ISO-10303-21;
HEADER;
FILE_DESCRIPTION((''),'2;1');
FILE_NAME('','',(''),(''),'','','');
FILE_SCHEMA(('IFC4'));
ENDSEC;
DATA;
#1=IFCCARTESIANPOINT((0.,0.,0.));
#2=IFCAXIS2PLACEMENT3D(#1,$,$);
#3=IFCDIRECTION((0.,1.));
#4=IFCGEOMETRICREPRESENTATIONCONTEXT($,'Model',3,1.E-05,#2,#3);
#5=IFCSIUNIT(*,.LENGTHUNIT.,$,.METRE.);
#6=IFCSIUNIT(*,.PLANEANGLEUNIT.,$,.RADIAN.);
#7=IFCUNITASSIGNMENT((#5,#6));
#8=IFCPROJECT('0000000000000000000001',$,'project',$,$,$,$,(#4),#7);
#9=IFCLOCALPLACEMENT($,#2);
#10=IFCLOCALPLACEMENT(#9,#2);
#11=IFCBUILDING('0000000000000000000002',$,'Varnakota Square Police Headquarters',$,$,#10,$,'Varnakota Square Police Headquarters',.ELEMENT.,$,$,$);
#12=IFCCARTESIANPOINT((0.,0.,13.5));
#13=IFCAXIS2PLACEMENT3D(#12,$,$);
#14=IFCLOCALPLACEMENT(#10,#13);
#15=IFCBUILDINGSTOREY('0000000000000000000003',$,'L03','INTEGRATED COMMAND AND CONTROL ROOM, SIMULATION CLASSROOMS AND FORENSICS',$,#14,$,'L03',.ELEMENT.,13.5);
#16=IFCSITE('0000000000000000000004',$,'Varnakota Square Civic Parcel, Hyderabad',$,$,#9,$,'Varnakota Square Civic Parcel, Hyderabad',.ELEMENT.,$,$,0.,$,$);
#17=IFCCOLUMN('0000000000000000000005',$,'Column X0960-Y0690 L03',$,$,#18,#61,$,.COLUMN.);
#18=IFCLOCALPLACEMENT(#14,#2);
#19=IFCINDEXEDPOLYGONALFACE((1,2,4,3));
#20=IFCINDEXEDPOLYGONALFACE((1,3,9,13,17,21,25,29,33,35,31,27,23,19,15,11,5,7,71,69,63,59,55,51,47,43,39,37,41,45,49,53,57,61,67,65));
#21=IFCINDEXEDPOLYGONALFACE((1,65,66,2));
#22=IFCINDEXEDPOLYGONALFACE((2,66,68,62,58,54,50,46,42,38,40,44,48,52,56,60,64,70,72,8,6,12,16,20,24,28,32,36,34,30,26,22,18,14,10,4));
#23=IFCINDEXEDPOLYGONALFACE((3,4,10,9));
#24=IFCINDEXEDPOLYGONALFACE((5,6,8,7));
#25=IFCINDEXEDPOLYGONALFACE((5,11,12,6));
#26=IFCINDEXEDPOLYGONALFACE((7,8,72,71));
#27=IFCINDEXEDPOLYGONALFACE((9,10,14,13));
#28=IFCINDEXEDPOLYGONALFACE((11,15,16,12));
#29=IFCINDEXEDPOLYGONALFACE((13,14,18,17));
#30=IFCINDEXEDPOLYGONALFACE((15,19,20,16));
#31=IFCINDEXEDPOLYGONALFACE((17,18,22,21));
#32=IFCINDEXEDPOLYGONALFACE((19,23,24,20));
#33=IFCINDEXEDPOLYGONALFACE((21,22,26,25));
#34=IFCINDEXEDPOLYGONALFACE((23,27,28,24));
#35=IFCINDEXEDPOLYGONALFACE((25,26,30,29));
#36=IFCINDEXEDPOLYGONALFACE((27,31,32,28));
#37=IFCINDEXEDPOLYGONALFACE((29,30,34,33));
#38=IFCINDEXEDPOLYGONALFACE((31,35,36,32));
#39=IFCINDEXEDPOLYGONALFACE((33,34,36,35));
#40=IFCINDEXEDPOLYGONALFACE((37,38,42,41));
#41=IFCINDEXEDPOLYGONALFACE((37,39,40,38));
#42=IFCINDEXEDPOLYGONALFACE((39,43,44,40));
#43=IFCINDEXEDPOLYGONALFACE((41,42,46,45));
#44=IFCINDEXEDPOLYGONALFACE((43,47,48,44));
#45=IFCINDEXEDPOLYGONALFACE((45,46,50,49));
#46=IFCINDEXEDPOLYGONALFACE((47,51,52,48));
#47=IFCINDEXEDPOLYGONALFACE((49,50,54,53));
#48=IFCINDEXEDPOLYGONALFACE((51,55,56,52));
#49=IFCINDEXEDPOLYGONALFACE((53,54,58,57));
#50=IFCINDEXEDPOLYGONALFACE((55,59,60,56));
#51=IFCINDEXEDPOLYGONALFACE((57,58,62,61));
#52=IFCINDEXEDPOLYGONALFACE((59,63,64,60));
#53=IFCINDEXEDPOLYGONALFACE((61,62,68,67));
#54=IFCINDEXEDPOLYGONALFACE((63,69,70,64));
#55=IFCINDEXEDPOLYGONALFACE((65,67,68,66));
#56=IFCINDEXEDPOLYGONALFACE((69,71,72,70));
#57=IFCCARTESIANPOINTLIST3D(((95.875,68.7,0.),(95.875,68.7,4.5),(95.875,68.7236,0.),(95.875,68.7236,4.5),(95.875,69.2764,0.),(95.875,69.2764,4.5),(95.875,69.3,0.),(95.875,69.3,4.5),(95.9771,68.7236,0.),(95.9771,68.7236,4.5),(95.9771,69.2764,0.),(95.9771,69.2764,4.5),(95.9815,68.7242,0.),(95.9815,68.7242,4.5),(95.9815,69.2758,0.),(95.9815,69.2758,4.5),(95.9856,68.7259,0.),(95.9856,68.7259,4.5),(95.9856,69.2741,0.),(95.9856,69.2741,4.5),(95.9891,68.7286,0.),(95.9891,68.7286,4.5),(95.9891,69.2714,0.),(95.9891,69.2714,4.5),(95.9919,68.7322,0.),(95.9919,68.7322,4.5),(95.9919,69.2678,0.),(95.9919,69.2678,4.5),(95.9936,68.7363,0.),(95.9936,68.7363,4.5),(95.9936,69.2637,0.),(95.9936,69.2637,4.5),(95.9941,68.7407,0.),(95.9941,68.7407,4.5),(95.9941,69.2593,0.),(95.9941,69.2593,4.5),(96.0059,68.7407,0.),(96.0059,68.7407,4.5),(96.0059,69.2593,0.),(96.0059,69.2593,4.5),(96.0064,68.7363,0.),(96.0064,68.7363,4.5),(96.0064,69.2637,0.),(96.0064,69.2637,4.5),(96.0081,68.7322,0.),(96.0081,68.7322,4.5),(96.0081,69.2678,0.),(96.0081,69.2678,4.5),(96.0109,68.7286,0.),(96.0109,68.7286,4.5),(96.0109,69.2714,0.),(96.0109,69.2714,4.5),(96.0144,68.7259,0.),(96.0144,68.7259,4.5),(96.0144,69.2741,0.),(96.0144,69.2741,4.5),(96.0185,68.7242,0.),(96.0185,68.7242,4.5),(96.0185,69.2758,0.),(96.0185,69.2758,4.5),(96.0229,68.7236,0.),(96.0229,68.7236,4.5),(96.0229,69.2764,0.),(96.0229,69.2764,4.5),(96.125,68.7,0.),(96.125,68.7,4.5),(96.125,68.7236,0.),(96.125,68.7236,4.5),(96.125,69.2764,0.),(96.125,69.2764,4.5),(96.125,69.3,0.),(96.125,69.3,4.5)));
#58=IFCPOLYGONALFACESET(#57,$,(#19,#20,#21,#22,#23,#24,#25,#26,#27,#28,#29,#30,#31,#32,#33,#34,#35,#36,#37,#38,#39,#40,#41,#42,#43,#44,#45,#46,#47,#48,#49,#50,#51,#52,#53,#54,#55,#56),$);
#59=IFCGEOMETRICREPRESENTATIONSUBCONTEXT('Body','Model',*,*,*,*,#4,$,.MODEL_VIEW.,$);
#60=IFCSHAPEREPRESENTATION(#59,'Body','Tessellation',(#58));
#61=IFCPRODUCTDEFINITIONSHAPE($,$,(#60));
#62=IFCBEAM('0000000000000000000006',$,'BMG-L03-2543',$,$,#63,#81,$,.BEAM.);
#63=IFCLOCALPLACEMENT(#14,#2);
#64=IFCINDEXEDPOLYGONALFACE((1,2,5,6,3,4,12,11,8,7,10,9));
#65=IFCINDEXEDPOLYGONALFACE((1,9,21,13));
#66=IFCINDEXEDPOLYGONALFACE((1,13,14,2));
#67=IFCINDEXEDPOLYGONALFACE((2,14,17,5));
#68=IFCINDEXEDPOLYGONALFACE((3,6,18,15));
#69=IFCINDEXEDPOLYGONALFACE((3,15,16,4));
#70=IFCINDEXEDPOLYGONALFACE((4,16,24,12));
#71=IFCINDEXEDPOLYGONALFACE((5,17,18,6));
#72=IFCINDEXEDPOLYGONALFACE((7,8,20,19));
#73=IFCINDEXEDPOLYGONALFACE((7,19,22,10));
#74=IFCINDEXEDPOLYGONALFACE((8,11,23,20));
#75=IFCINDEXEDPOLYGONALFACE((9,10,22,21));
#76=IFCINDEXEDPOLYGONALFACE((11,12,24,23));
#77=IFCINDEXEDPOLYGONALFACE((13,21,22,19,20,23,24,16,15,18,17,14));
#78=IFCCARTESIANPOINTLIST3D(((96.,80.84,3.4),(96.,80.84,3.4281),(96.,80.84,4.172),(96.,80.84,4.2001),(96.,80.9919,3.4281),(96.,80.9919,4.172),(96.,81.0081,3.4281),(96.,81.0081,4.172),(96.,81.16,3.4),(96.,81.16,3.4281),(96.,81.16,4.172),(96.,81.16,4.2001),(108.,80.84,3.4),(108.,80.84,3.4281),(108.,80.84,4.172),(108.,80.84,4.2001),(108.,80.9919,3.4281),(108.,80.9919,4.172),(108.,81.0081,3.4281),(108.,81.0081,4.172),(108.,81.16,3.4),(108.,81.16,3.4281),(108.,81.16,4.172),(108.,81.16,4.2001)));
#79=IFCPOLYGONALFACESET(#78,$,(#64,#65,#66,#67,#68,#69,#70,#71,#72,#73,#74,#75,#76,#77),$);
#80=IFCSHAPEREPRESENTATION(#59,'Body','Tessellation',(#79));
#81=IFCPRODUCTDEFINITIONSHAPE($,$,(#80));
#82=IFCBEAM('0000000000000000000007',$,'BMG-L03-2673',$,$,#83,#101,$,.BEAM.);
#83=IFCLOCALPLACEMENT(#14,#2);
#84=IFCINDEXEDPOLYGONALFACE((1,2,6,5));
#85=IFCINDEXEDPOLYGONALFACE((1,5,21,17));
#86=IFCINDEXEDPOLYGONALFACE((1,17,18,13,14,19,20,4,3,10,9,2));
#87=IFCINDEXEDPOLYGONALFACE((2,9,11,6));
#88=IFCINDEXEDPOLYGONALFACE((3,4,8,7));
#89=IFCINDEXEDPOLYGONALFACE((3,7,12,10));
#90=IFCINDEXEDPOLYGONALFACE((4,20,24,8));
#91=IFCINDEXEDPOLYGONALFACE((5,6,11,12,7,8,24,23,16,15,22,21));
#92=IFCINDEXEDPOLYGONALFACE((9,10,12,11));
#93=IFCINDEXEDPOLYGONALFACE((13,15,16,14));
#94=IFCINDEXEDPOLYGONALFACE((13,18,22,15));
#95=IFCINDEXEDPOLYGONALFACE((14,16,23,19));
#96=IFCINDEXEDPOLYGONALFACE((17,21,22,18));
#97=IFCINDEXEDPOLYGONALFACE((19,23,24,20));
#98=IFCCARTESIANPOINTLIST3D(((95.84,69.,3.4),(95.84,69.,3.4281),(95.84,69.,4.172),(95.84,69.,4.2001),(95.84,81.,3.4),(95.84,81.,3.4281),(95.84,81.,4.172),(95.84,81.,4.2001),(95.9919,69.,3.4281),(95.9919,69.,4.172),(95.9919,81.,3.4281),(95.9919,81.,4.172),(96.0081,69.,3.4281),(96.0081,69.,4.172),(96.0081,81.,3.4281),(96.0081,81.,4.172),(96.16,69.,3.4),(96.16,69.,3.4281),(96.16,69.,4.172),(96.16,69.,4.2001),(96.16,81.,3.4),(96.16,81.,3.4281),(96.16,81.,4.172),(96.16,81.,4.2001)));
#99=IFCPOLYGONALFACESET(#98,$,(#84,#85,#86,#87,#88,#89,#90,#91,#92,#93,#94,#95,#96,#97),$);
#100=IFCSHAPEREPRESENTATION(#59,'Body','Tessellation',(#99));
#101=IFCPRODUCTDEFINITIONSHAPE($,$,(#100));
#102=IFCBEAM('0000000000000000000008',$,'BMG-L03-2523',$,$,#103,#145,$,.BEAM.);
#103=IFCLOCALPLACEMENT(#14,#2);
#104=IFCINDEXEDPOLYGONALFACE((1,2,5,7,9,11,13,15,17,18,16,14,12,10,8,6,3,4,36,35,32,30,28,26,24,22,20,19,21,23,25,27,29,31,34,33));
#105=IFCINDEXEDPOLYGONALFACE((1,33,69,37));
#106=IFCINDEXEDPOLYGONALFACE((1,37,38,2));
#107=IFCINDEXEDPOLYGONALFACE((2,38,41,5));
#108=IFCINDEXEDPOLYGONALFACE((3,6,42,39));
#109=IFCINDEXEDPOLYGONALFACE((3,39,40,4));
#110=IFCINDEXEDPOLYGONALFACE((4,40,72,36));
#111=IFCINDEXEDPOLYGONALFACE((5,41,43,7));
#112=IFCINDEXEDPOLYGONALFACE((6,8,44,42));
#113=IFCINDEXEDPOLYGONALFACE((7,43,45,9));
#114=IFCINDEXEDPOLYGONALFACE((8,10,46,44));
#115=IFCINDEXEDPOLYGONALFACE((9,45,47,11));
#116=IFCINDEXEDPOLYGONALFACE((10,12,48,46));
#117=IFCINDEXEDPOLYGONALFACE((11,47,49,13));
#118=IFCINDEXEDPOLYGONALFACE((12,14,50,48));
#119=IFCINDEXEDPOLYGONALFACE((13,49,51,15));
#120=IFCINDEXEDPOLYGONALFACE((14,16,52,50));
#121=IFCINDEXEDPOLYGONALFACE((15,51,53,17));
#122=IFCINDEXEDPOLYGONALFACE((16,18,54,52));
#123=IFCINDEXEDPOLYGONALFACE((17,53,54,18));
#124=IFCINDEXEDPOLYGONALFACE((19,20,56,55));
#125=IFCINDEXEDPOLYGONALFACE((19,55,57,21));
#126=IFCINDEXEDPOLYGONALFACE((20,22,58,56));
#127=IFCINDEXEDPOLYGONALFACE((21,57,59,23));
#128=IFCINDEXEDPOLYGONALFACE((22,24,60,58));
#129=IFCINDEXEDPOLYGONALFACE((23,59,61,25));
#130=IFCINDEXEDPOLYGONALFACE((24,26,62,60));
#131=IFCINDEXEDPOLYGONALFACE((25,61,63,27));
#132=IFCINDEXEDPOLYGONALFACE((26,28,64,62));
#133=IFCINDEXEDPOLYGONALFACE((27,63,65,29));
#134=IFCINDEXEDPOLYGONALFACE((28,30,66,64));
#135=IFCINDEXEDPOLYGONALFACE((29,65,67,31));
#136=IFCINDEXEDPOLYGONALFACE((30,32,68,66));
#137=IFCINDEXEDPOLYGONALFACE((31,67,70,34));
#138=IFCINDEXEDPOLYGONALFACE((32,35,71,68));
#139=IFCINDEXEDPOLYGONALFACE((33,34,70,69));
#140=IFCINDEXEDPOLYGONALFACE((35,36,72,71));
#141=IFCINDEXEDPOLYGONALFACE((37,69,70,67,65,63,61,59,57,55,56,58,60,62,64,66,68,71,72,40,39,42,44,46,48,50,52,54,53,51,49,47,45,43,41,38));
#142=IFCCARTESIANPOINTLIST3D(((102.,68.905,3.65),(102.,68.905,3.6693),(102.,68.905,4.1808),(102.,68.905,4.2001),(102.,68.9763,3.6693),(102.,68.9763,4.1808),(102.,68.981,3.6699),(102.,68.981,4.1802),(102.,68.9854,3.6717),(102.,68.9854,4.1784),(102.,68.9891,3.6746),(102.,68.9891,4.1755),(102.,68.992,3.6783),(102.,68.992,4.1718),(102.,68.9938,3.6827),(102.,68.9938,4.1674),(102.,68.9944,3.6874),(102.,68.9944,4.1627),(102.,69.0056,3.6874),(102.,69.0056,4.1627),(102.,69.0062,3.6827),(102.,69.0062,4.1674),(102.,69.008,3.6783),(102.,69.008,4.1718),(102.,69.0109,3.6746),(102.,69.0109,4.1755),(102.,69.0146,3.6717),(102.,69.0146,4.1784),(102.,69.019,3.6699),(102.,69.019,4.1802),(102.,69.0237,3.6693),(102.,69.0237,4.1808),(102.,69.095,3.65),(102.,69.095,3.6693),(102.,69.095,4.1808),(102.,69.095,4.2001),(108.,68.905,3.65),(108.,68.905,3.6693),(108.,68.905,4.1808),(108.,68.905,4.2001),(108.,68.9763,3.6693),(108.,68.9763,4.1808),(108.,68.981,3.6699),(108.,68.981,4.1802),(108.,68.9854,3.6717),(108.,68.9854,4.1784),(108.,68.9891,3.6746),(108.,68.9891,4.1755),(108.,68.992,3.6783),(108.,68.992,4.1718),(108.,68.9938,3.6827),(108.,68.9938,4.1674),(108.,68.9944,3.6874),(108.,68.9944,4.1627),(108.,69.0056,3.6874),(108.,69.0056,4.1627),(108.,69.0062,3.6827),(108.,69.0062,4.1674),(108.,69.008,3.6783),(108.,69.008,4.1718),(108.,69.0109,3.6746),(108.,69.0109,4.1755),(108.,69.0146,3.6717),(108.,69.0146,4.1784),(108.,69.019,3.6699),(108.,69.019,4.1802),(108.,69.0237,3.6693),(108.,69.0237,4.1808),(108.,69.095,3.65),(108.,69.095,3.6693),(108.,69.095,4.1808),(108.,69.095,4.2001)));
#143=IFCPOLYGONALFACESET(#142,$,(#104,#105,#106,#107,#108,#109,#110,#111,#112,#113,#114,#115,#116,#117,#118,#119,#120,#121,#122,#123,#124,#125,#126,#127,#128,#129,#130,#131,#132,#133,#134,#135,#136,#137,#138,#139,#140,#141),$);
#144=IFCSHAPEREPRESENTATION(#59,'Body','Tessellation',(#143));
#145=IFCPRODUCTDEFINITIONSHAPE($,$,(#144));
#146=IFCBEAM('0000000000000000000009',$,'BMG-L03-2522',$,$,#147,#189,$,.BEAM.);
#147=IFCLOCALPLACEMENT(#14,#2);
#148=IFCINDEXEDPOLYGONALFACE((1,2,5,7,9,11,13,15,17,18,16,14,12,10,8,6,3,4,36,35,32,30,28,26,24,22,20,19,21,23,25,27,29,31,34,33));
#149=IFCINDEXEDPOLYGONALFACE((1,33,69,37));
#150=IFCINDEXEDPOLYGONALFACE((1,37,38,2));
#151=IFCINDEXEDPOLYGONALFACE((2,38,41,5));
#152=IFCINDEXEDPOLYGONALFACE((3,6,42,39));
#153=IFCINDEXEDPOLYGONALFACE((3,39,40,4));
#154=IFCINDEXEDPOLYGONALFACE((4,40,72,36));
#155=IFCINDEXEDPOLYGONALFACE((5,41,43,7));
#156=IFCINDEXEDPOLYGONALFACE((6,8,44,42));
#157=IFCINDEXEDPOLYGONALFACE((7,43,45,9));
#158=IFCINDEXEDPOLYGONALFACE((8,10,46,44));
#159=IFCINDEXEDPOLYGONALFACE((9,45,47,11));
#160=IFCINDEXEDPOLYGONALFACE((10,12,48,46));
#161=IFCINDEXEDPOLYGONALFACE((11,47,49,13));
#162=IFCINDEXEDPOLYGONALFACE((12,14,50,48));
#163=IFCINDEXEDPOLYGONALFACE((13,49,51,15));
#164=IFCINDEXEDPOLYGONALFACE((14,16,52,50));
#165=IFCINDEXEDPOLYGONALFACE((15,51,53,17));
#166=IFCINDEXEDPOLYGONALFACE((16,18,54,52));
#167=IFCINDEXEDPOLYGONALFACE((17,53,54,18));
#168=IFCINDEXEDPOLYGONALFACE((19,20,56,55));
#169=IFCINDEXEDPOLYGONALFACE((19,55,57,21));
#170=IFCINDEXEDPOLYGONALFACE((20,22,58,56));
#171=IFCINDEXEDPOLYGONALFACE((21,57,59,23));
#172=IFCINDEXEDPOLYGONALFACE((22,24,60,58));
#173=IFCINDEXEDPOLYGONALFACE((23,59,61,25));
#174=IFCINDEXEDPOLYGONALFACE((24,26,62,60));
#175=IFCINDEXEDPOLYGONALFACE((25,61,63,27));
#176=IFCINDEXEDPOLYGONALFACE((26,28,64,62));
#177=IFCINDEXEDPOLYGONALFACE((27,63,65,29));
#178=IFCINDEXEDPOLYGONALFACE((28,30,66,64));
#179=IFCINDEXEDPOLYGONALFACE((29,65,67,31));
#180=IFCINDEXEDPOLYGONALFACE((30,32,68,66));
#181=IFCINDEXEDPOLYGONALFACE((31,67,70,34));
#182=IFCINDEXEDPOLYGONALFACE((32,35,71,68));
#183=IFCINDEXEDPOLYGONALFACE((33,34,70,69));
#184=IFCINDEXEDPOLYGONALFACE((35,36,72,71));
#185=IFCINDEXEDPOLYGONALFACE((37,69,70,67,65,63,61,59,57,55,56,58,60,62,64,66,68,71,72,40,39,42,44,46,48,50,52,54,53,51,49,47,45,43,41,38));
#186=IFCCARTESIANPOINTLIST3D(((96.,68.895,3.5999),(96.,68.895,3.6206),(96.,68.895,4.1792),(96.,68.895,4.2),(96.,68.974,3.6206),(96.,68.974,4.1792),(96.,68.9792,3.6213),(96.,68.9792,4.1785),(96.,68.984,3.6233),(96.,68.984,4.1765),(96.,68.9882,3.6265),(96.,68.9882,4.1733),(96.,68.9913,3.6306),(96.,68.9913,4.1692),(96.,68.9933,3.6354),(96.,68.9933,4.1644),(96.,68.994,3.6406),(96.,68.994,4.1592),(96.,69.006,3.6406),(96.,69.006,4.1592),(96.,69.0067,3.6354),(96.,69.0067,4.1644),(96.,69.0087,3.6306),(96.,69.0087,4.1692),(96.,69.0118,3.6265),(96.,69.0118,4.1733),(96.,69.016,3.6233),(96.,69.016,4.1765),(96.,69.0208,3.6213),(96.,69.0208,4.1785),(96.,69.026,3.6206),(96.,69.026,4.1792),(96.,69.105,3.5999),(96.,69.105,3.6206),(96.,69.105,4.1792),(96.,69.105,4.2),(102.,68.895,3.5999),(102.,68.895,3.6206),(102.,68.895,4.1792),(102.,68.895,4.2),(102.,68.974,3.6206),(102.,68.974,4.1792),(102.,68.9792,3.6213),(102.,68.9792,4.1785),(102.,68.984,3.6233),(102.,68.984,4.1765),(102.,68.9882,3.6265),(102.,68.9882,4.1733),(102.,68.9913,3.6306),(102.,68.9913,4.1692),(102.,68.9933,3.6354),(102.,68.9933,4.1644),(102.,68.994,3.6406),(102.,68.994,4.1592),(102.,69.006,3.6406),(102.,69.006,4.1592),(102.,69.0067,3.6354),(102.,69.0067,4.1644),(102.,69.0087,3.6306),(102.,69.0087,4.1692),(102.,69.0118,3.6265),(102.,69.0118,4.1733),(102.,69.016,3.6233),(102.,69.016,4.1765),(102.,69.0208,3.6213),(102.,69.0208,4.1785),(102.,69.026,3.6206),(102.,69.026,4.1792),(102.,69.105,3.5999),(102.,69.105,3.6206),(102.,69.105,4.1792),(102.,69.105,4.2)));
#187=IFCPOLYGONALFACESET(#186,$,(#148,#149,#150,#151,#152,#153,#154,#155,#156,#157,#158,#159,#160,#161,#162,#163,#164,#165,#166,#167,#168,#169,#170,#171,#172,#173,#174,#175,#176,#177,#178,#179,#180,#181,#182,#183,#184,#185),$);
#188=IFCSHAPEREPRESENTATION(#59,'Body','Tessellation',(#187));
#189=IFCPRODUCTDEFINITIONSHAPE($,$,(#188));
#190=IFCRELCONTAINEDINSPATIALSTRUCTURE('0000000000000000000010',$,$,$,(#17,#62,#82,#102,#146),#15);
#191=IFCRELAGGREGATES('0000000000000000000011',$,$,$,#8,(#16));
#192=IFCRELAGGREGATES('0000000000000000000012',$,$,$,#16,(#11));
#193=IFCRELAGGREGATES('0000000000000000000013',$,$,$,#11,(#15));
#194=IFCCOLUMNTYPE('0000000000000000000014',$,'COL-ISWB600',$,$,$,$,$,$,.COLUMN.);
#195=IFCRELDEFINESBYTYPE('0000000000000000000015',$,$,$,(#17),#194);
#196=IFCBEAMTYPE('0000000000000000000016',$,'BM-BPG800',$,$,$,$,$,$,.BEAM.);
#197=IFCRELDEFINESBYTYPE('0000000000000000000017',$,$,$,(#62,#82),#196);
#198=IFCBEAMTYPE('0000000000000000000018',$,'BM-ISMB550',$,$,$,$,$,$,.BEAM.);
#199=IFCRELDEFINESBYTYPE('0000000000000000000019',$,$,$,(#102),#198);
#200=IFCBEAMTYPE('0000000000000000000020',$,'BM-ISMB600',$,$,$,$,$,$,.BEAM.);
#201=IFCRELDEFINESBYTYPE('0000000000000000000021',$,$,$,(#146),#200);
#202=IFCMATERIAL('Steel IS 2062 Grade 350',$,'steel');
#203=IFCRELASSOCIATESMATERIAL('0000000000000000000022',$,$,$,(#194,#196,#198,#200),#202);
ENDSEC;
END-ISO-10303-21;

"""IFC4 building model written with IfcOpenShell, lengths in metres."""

from ifc_helpers import new_model, si_unit, direction, frame, origin, origin_2d, place, context, subcontext, project, spatial, i_section, extrude, material, material_profile, profile_set, type_object, element, save


model = new_model("IFC4")

# Units and contexts
model_context = context("Model", 3, precision=1e-05, world=origin(), true_north=direction((0.0, 1.0)))
body_context = subcontext(model_context, "Body", "Model", "MODEL_VIEW")
ifc_project = project(units=[si_unit("LENGTHUNIT", "METRE"), si_unit("PLANEANGLEUNIT", "RADIAN")], contexts=[model_context])

# Site, building, storey
site_placement = place(None, origin())
site = spatial("IfcSite", under=ifc_project, at=site_placement, Name="Varnakota Square Civic Parcel, Hyderabad", LongName="Varnakota Square Civic Parcel, Hyderabad", CompositionType="ELEMENT", RefElevation=0.0)
building_placement = place(site_placement, origin())
building = spatial("IfcBuilding", under=site, at=building_placement, Name="Varnakota Square Police Headquarters", LongName="Varnakota Square Police Headquarters", CompositionType="ELEMENT")
storey_placement = place(building_placement, frame((0.0, 0.0, 13.5)))
storey = spatial("IfcBuildingStorey", under=building, at=storey_placement, Name="L03", Description="INTEGRATED COMMAND AND CONTROL ROOM, SIMULATION CLASSROOMS AND FORENSICS", LongName="L03", CompositionType="ELEMENT", Elevation=13.5)

# Column
ifc_material_1 = material(Name="Steel IS 2062 Grade 350", Category="steel")
ifc_material_profile_1 = material_profile(ifc_material_1, i_section(OverallWidth=0.25, OverallDepth=0.6001, WebThickness=0.0117, FlangeThickness=0.0237, FilletRadius=0.0171, at=origin_2d()), Name="ISWB 600")
ifc_profile_set_1 = profile_set([ifc_material_profile_1], Name="Steel IS 2062 Grade 350")
column_type_1 = type_object("IfcColumnType", Name="COL-ISWB600", PredefinedType="COLUMN", material=ifc_profile_set_1)
column_1_placement = place(storey_placement, frame((96.0, 69.0, 0.0), z_axis=(0.0, 0.0, 1.0), x_axis=(1.0, 0.0, 0.0)))
element("IfcColumn", 1, at=column_1_placement, inside=storey, type_object=column_type_1, Name="Column X0960-Y0690 L03", PredefinedType="COLUMN", context=body_context, shape_type="SweptSolid", body=[
    extrude(i_section(OverallWidth=0.25, OverallDepth=0.6001, WebThickness=0.0117, FlangeThickness=0.0237, FilletRadius=0.0171, at=origin_2d()), origin(), (0.0, 0.0, 1.0), 4.5),
])

# Beams
ifc_material_profile_2 = material_profile(ifc_material_1, i_section(OverallWidth=0.3201, OverallDepth=0.8, WebThickness=0.0161, FlangeThickness=0.0281, at=origin_2d()), Name="BPG 800x320")
ifc_profile_set_2 = profile_set([ifc_material_profile_2], Name="Steel IS 2062 Grade 350")
beam_type_1 = type_object("IfcBeamType", Name="BM-BPG800", PredefinedType="BEAM", material=ifc_profile_set_2)
for number, where, z_axis, x_axis, name in (
    (2, (96.0, 81.0, 3.8), (1.0, 0.0, 0.0), (0.0, 1.0, 0.0), "BMG-L03-2543"),
    (3, (96.0, 69.0, 3.8), (0.0, 1.0, 0.0), (-1.0, 0.0, 0.0), "BMG-L03-2673"),
):
    element("IfcBeam", number, at=place(storey_placement, frame(where, z_axis=z_axis, x_axis=x_axis)), inside=storey, type_object=beam_type_1, Name=name, PredefinedType="BEAM", context=body_context, shape_type="SweptSolid", body=[
        extrude(i_section(OverallWidth=0.3201, OverallDepth=0.8, WebThickness=0.0161, FlangeThickness=0.0281, at=origin_2d()), origin(), (0.0, 0.0, 1.0), 12.0),
    ])
ifc_material_profile_3 = material_profile(ifc_material_1, i_section(OverallWidth=0.1899, OverallDepth=0.55, WebThickness=0.0112, FlangeThickness=0.0193, FilletRadius=0.0181, at=origin_2d()), Name="ISMB 550")
ifc_profile_set_3 = profile_set([ifc_material_profile_3], Name="Steel IS 2062 Grade 350")
beam_type_2 = type_object("IfcBeamType", Name="BM-ISMB550", PredefinedType="BEAM", material=ifc_profile_set_3)
beam_1_placement = place(storey_placement, frame((102.0, 69.0, 3.925), z_axis=(1.0, 0.0, 0.0), x_axis=(0.0, 1.0, 0.0)))
element("IfcBeam", 4, at=beam_1_placement, inside=storey, type_object=beam_type_2, Name="BMG-L03-2523", PredefinedType="BEAM", context=body_context, shape_type="SweptSolid", body=[
    extrude(i_section(OverallWidth=0.1899, OverallDepth=0.55, WebThickness=0.0112, FlangeThickness=0.0193, FilletRadius=0.0181, at=origin_2d()), origin(), (0.0, 0.0, 1.0), 6.0),
])
ifc_material_profile_4 = material_profile(ifc_material_1, i_section(OverallWidth=0.21, OverallDepth=0.6001, WebThickness=0.012, FlangeThickness=0.0208, FilletRadius=0.02, at=origin_2d()), Name="ISMB 600")
ifc_profile_set_4 = profile_set([ifc_material_profile_4], Name="Steel IS 2062 Grade 350")
beam_type_3 = type_object("IfcBeamType", Name="BM-ISMB600", PredefinedType="BEAM", material=ifc_profile_set_4)
beam_2_placement = place(storey_placement, frame((96.0, 69.0, 3.8999), z_axis=(1.0, 0.0, 0.0), x_axis=(0.0, 1.0, 0.0)))
element("IfcBeam", 5, at=beam_2_placement, inside=storey, type_object=beam_type_3, Name="BMG-L03-2522", PredefinedType="BEAM", context=body_context, shape_type="SweptSolid", body=[
    extrude(i_section(OverallWidth=0.21, OverallDepth=0.6001, WebThickness=0.012, FlangeThickness=0.0208, FilletRadius=0.02, at=origin_2d()), origin(), (0.0, 0.0, 1.0), 6.0),
])

save(model, "model.ifc")
